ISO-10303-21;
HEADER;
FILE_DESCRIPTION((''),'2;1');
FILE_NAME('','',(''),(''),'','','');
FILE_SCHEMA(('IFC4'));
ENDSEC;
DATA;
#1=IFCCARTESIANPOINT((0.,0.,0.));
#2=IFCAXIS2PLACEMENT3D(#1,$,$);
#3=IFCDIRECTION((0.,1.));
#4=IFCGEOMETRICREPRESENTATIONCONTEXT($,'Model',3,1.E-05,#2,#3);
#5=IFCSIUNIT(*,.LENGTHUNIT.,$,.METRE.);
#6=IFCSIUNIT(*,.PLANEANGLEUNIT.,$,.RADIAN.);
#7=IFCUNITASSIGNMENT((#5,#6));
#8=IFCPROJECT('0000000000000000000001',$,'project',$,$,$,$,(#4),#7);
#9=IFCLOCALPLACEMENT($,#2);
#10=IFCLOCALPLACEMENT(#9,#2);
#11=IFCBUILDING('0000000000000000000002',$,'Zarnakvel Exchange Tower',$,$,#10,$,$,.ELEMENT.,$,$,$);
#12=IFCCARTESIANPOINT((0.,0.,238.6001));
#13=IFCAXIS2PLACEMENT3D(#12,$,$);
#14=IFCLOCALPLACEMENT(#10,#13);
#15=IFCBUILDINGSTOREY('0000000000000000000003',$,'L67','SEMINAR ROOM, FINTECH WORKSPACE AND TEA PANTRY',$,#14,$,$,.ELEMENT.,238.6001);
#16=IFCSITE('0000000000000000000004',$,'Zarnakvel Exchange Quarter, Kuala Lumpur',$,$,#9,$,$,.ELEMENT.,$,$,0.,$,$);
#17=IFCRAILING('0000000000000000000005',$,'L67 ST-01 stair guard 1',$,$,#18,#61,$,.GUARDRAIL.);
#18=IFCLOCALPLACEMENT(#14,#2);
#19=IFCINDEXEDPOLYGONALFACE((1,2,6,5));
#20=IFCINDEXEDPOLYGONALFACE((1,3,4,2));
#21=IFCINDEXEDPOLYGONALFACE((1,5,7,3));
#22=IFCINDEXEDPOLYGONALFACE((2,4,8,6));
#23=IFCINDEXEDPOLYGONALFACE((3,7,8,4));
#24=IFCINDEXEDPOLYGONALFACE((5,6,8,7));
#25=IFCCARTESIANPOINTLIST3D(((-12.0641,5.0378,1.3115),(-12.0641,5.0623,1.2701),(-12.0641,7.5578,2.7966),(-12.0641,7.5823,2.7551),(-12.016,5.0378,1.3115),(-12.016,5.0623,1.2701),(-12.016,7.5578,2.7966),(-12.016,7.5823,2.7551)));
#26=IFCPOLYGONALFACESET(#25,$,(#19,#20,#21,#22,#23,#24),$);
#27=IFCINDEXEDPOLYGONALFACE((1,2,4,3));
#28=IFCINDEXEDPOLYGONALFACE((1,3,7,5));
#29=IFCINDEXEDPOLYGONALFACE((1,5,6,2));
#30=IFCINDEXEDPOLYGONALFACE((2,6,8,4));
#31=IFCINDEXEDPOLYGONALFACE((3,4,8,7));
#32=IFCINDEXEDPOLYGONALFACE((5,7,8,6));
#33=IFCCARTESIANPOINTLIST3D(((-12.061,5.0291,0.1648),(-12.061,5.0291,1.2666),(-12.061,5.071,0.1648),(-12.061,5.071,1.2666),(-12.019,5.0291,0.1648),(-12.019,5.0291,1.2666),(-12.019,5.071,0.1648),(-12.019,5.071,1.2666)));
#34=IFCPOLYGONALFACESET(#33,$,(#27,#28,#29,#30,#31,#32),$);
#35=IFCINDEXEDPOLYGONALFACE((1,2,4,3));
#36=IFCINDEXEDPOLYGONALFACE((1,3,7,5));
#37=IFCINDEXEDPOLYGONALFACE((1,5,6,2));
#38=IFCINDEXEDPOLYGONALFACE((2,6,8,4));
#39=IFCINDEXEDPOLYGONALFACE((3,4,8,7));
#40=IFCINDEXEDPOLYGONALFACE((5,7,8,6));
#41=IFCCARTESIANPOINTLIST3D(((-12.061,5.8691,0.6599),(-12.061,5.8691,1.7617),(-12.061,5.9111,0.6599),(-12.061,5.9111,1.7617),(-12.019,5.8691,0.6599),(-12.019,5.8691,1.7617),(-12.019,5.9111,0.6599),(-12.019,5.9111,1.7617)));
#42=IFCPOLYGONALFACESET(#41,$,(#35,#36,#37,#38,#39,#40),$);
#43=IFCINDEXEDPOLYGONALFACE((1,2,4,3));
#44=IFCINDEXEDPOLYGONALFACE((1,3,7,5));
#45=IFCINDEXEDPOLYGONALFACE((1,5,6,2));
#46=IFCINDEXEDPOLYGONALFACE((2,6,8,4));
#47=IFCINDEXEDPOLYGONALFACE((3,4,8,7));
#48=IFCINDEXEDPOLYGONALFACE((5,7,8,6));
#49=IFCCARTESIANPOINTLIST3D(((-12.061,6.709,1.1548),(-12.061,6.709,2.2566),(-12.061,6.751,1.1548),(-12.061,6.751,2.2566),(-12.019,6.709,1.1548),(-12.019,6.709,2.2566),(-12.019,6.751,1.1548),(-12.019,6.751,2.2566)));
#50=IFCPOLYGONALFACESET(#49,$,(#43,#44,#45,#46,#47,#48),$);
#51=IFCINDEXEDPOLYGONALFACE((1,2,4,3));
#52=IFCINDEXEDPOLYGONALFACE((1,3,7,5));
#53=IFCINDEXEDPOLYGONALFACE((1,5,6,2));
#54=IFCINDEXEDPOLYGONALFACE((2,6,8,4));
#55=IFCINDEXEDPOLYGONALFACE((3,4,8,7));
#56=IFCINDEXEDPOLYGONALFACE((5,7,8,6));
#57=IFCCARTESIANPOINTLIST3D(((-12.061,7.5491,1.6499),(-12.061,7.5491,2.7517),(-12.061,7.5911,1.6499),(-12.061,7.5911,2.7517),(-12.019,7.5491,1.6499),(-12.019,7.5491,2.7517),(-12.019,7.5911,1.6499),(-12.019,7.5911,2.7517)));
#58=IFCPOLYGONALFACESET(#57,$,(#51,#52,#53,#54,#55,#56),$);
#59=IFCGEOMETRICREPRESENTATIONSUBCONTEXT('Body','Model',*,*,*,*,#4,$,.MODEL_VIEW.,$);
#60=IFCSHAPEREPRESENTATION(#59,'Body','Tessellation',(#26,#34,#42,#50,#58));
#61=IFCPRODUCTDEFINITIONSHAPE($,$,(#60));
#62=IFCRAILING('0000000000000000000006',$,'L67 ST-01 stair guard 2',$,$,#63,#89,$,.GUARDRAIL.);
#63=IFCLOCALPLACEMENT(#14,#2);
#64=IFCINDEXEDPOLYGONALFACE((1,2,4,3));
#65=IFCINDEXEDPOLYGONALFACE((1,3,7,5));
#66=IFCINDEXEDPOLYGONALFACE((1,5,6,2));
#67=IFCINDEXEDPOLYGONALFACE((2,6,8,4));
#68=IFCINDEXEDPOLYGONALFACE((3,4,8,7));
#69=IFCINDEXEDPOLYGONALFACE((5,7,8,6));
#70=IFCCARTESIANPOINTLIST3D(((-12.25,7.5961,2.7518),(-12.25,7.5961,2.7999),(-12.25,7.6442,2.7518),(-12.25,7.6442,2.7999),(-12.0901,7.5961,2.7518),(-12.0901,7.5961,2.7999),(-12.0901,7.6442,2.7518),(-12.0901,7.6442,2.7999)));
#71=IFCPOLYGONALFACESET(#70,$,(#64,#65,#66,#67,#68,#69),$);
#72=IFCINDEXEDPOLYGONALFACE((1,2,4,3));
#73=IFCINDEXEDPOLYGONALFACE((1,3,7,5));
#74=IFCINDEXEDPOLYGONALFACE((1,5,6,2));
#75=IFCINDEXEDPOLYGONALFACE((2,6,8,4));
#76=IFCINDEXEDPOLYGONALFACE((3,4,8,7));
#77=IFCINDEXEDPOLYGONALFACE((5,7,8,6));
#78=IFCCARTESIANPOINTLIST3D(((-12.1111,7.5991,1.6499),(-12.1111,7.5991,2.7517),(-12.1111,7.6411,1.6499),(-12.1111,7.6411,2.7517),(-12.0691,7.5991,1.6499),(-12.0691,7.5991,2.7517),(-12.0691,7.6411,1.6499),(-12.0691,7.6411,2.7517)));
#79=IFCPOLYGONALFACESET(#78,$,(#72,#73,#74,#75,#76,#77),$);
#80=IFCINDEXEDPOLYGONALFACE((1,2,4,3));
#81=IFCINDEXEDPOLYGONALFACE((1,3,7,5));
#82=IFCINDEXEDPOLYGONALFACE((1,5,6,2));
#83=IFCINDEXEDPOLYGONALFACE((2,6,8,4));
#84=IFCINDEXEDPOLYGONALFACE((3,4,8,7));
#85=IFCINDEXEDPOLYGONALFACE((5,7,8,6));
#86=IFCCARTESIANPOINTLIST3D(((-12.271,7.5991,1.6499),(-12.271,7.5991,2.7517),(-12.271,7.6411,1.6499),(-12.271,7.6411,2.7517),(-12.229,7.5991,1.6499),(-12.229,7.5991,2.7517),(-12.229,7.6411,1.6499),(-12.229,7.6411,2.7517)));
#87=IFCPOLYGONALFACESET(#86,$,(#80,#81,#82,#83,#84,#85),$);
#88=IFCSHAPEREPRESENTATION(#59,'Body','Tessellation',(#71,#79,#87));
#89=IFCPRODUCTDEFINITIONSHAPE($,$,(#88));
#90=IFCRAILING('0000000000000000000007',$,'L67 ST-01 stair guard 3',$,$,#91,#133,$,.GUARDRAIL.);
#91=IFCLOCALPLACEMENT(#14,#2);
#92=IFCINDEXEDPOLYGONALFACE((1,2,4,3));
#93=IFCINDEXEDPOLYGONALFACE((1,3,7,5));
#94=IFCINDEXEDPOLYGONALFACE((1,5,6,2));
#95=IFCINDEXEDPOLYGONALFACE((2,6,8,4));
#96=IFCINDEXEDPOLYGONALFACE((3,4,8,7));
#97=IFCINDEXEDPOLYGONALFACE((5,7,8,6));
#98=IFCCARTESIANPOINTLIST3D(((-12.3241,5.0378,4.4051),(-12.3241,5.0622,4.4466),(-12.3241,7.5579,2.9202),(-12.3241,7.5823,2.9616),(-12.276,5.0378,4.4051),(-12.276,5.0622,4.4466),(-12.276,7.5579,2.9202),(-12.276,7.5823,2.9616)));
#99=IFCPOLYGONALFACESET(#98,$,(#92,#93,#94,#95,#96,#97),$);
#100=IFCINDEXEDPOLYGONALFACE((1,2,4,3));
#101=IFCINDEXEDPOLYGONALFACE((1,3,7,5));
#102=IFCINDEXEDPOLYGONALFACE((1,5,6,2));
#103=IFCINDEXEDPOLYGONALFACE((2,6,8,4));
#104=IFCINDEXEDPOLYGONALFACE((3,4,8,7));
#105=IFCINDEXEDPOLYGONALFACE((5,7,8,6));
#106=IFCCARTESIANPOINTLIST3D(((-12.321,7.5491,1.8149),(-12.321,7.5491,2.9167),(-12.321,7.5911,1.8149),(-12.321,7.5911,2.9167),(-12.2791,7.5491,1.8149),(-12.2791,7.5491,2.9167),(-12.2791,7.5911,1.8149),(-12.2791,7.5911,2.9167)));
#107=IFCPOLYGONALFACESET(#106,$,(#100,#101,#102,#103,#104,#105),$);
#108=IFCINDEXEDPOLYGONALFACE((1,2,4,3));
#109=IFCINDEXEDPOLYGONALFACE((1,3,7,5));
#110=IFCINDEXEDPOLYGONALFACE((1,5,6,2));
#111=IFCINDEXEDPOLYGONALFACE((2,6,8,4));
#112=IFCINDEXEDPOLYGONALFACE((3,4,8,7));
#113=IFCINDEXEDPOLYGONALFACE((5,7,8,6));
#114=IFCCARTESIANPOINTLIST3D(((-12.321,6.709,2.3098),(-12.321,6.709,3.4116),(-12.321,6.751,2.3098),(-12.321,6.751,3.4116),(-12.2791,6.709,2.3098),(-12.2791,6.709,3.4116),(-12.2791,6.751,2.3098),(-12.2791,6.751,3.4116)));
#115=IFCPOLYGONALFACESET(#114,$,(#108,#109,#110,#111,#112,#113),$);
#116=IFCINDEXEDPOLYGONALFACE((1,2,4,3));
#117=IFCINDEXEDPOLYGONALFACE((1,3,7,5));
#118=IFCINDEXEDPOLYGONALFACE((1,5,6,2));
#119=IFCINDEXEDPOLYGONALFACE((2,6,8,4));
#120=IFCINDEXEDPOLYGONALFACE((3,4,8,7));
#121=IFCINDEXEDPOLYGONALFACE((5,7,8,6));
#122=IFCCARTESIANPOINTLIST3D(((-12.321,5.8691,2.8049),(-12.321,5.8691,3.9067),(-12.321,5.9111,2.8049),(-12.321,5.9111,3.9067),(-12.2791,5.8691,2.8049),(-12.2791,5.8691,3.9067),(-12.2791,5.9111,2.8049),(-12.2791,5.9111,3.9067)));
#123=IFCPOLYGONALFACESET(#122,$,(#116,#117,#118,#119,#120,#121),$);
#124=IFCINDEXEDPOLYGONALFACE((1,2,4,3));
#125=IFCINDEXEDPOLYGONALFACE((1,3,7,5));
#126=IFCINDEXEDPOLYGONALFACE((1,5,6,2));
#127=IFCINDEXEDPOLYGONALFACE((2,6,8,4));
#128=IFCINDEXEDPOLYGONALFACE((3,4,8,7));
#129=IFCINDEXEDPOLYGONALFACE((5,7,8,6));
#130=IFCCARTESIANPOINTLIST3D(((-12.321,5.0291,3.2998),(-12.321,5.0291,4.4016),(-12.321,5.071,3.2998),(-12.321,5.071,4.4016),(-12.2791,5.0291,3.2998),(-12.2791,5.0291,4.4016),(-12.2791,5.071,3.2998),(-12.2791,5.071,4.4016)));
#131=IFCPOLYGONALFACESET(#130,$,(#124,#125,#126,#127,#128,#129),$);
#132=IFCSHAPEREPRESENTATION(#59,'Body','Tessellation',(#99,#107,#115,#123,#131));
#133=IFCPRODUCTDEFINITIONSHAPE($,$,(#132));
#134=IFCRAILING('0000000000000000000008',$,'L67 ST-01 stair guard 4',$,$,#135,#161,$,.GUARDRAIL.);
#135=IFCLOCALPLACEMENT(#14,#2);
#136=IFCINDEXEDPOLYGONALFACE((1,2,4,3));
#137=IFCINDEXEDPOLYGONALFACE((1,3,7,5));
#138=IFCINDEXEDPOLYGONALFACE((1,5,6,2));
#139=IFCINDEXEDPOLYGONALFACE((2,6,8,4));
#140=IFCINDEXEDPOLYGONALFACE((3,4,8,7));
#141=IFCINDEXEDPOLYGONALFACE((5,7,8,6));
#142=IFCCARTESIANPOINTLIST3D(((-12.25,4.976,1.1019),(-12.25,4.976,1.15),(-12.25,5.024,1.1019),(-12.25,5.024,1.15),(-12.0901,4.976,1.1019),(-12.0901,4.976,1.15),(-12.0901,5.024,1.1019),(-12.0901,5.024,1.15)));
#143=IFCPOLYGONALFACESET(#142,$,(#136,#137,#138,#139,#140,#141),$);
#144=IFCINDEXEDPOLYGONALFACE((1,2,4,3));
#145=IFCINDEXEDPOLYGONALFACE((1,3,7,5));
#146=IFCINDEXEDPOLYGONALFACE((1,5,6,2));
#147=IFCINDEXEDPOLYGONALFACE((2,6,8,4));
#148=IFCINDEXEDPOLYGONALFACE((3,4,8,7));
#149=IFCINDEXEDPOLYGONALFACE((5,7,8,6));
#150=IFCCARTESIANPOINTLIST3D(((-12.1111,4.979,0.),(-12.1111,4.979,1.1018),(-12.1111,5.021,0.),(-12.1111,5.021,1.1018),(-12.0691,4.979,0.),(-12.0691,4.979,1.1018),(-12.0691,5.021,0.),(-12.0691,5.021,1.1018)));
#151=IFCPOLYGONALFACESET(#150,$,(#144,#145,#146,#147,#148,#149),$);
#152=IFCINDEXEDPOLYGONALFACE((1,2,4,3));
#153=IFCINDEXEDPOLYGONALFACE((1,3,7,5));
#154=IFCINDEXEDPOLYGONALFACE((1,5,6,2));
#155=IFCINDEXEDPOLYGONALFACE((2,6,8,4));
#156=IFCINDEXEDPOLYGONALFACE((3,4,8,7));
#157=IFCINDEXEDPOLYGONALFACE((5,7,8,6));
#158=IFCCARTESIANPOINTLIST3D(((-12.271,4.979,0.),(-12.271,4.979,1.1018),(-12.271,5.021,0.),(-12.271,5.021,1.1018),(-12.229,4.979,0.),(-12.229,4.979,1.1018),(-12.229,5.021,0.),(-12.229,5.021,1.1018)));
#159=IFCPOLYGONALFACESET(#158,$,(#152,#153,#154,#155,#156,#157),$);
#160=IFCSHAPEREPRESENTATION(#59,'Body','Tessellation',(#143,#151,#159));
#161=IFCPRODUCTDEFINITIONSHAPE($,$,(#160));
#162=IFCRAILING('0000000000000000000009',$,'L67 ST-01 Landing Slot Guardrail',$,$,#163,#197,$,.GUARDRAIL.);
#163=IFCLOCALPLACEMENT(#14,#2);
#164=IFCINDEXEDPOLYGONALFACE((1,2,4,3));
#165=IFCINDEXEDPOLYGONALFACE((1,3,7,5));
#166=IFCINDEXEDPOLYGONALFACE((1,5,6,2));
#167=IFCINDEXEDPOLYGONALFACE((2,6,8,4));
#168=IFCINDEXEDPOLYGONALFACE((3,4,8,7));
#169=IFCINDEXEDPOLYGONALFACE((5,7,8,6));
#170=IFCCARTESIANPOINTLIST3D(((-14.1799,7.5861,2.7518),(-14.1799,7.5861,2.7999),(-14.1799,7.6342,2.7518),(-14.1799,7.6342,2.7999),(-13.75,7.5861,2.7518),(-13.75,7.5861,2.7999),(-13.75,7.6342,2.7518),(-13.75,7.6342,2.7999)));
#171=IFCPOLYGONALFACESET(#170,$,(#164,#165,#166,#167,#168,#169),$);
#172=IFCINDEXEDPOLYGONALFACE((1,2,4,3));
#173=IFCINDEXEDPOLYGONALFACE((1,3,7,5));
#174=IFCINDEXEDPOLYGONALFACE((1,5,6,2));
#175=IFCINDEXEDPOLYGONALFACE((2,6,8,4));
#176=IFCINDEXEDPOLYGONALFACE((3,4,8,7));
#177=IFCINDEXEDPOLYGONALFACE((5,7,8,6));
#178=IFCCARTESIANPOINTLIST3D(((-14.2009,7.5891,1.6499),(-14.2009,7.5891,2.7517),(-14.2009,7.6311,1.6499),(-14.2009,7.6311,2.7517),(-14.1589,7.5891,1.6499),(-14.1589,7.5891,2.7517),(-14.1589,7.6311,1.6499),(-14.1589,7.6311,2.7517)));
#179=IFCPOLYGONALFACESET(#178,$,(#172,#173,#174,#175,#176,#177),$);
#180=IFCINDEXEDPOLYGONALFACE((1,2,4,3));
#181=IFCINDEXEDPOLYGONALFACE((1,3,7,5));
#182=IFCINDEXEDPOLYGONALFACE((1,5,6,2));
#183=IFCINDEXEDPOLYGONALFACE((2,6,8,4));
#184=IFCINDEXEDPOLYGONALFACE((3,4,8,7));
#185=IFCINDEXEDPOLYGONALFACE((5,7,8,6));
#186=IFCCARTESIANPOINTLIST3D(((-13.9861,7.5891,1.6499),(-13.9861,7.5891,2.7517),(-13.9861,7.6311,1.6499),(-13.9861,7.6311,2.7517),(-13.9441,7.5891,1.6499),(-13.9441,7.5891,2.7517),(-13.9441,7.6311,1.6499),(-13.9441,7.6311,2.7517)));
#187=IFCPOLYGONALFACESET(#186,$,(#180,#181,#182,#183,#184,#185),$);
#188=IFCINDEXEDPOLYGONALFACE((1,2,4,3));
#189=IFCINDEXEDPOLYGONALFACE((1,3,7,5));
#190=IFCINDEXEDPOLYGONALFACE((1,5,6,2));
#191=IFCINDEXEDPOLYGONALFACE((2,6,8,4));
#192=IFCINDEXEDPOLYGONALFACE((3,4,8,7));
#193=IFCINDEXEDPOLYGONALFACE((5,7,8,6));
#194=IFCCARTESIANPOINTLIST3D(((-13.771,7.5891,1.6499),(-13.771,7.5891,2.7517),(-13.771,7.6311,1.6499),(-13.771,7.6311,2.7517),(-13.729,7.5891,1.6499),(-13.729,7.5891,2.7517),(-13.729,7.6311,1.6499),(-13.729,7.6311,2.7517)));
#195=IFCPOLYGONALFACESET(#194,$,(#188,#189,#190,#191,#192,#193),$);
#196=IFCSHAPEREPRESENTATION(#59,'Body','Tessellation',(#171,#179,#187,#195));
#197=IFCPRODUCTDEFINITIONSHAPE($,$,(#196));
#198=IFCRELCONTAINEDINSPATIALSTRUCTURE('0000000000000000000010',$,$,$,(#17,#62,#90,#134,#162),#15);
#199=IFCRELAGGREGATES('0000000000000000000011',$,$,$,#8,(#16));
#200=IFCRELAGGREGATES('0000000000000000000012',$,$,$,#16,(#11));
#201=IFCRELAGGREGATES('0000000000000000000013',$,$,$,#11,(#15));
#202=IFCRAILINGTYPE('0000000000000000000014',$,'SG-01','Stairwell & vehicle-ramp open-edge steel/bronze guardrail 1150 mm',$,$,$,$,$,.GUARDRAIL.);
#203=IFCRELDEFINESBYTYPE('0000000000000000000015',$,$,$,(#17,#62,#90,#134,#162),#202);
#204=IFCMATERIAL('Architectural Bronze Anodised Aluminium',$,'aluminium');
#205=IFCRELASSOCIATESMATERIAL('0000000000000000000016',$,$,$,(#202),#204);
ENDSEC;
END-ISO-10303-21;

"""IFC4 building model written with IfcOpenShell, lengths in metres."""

from ifc_helpers import new_model, si_unit, direction, frame, origin, origin_2d, place, context, subcontext, project, spatial, rectangle, extrude, material, type_object, element, save


model = new_model("IFC4")

# Units and contexts
model_context = context("Model", 3, precision=1e-05, world=origin(), true_north=direction((0.0, 1.0)))
body_context = subcontext(model_context, "Body", "Model", "MODEL_VIEW")
ifc_project = project(units=[si_unit("LENGTHUNIT", "METRE"), si_unit("PLANEANGLEUNIT", "RADIAN")], contexts=[model_context])

# Site, building, storey
site_placement = place(None, origin())
site = spatial("IfcSite", under=ifc_project, at=site_placement, Name="Zarnakvel Exchange Quarter, Kuala Lumpur", CompositionType="ELEMENT", RefElevation=0.0)
building_placement = place(site_placement, origin())
building = spatial("IfcBuilding", under=site, at=building_placement, Name="Zarnakvel Exchange Tower", CompositionType="ELEMENT")
storey_placement = place(building_placement, frame((0.0, 0.0, 238.6001)))
storey = spatial("IfcBuildingStorey", under=building, at=storey_placement, Name="L67", Description="SEMINAR ROOM, FINTECH WORKSPACE AND TEA PANTRY", CompositionType="ELEMENT", Elevation=238.6001)

# Shared definitions
ifc_material_1 = material(Name="Architectural Bronze Anodised Aluminium", Category="aluminium")

# Railings
railing_type_1 = type_object("IfcRailingType", Name="SG-01", Description="Stairwell & vehicle-ramp open-edge steel/bronze guardrail 1150 mm", PredefinedType="GUARDRAIL", material=ifc_material_1)
railing_1_placement = place(storey_placement, frame((-12.04, 5.05, 0.1648)))
element("IfcRailing", 1, at=railing_1_placement, inside=storey, type_object=railing_type_1, Name="L67 ST-01 stair guard 1", PredefinedType="GUARDRAIL", context=body_context, shape_type="SweptSolid", body=[
    extrude(rectangle(XDim=0.0481, YDim=0.0481, at=origin_2d()), frame((0.0, 0.0, 1.126), z_axis=(0.0, 0.861524, 0.507717), x_axis=(-1.0, 0.0, 0.0)), (0.0, 0.0, 1.0), 2.925),
    extrude(rectangle(XDim=0.042, YDim=0.042, at=origin_2d()), origin(), (0.0, 0.0, 1.0), 1.1018),
    extrude(rectangle(XDim=0.042, YDim=0.042, at=origin_2d()), frame((0.0, 0.8401, 0.4951)), (0.0, 0.0, 1.0), 1.1018),
    extrude(rectangle(XDim=0.042, YDim=0.042, at=origin_2d()), frame((0.0, 1.6799, 0.99)), (0.0, 0.0, 1.0), 1.1018),
    extrude(rectangle(XDim=0.042, YDim=0.042, at=origin_2d()), frame((0.0, 2.52, 1.4851)), (0.0, 0.0, 1.0), 1.1018),
])
railing_2_placement = place(storey_placement, frame((-12.0901, 7.6201, 1.6499)))
element("IfcRailing", 2, at=railing_2_placement, inside=storey, type_object=railing_type_1, Name="L67 ST-01 stair guard 2", PredefinedType="GUARDRAIL", context=body_context, shape_type="SweptSolid", body=[
    extrude(rectangle(XDim=0.0481, YDim=0.0481, at=origin_2d()), frame((0.0, 0.0, 1.126), z_axis=(-1.0, 0.0, 0.0), x_axis=(0.0, -1.0, 0.0)), (0.0, 0.0, 1.0), 0.1599),
    extrude(rectangle(XDim=0.042, YDim=0.042, at=origin_2d()), origin(), (0.0, 0.0, 1.0), 1.1018),
    extrude(rectangle(XDim=0.042, YDim=0.042, at=origin_2d()), frame((-0.1599, 0.0, 0.0)), (0.0, 0.0, 1.0), 1.1018),
])
railing_3_placement = place(storey_placement, frame((-12.3, 7.5701, 1.8149)))
element("IfcRailing", 3, at=railing_3_placement, inside=storey, type_object=railing_type_1, Name="L67 ST-01 stair guard 3", PredefinedType="GUARDRAIL", context=body_context, shape_type="SweptSolid", body=[
    extrude(rectangle(XDim=0.0481, YDim=0.0481, at=origin_2d()), frame((0.0, 0.0, 1.126), z_axis=(0.0, -0.861561, 0.507655), x_axis=(1.0, 0.0, 0.0)), (0.0, 0.0, 1.0), 2.925),
    extrude(rectangle(XDim=0.042, YDim=0.042, at=origin_2d()), origin(), (0.0, 0.0, 1.0), 1.1018),
    extrude(rectangle(XDim=0.042, YDim=0.042, at=origin_2d()), frame((0.0, -0.8401, 0.4949)), (0.0, 0.0, 1.0), 1.1018),
    extrude(rectangle(XDim=0.042, YDim=0.042, at=origin_2d()), frame((0.0, -1.6799, 0.99)), (0.0, 0.0, 1.0), 1.1018),
    extrude(rectangle(XDim=0.042, YDim=0.042, at=origin_2d()), frame((0.0, -2.52, 1.4849)), (0.0, 0.0, 1.0), 1.1018),
])
railing_4_placement = place(storey_placement, frame((-12.0901, 5.0, 0.0)))
element("IfcRailing", 4, at=railing_4_placement, inside=storey, type_object=railing_type_1, Name="L67 ST-01 stair guard 4", PredefinedType="GUARDRAIL", context=body_context, shape_type="SweptSolid", body=[
    extrude(rectangle(XDim=0.0481, YDim=0.0481, at=origin_2d()), frame((0.0, 0.0, 1.126), z_axis=(-1.0, 0.0, 0.0), x_axis=(0.0, -1.0, 0.0)), (0.0, 0.0, 1.0), 0.1599),
    extrude(rectangle(XDim=0.042, YDim=0.042, at=origin_2d()), origin(), (0.0, 0.0, 1.0), 1.1018),
    extrude(rectangle(XDim=0.042, YDim=0.042, at=origin_2d()), frame((-0.1599, 0.0, 0.0)), (0.0, 0.0, 1.0), 1.1018),
])
railing_5_placement = place(storey_placement, frame((-14.1799, 7.6101, 1.6499)))
element("IfcRailing", 5, at=railing_5_placement, inside=storey, type_object=railing_type_1, Name="L67 ST-01 Landing Slot Guardrail", PredefinedType="GUARDRAIL", context=body_context, shape_type="SweptSolid", body=[
    extrude(rectangle(XDim=0.0481, YDim=0.0481, at=origin_2d()), frame((0.0, 0.0, 1.126), z_axis=(1.0, 0.0, 0.0), x_axis=(0.0, 1.0, 0.0)), (0.0, 0.0, 1.0), 0.4299),
    extrude(rectangle(XDim=0.042, YDim=0.042, at=origin_2d()), origin(), (0.0, 0.0, 1.0), 1.1018),
    extrude(rectangle(XDim=0.042, YDim=0.042, at=origin_2d()), frame((0.2148, 0.0, 0.0)), (0.0, 0.0, 1.0), 1.1018),
    extrude(rectangle(XDim=0.042, YDim=0.042, at=origin_2d()), frame((0.4299, 0.0, 0.0)), (0.0, 0.0, 1.0), 1.1018),
])

save(model, "model.ifc")
